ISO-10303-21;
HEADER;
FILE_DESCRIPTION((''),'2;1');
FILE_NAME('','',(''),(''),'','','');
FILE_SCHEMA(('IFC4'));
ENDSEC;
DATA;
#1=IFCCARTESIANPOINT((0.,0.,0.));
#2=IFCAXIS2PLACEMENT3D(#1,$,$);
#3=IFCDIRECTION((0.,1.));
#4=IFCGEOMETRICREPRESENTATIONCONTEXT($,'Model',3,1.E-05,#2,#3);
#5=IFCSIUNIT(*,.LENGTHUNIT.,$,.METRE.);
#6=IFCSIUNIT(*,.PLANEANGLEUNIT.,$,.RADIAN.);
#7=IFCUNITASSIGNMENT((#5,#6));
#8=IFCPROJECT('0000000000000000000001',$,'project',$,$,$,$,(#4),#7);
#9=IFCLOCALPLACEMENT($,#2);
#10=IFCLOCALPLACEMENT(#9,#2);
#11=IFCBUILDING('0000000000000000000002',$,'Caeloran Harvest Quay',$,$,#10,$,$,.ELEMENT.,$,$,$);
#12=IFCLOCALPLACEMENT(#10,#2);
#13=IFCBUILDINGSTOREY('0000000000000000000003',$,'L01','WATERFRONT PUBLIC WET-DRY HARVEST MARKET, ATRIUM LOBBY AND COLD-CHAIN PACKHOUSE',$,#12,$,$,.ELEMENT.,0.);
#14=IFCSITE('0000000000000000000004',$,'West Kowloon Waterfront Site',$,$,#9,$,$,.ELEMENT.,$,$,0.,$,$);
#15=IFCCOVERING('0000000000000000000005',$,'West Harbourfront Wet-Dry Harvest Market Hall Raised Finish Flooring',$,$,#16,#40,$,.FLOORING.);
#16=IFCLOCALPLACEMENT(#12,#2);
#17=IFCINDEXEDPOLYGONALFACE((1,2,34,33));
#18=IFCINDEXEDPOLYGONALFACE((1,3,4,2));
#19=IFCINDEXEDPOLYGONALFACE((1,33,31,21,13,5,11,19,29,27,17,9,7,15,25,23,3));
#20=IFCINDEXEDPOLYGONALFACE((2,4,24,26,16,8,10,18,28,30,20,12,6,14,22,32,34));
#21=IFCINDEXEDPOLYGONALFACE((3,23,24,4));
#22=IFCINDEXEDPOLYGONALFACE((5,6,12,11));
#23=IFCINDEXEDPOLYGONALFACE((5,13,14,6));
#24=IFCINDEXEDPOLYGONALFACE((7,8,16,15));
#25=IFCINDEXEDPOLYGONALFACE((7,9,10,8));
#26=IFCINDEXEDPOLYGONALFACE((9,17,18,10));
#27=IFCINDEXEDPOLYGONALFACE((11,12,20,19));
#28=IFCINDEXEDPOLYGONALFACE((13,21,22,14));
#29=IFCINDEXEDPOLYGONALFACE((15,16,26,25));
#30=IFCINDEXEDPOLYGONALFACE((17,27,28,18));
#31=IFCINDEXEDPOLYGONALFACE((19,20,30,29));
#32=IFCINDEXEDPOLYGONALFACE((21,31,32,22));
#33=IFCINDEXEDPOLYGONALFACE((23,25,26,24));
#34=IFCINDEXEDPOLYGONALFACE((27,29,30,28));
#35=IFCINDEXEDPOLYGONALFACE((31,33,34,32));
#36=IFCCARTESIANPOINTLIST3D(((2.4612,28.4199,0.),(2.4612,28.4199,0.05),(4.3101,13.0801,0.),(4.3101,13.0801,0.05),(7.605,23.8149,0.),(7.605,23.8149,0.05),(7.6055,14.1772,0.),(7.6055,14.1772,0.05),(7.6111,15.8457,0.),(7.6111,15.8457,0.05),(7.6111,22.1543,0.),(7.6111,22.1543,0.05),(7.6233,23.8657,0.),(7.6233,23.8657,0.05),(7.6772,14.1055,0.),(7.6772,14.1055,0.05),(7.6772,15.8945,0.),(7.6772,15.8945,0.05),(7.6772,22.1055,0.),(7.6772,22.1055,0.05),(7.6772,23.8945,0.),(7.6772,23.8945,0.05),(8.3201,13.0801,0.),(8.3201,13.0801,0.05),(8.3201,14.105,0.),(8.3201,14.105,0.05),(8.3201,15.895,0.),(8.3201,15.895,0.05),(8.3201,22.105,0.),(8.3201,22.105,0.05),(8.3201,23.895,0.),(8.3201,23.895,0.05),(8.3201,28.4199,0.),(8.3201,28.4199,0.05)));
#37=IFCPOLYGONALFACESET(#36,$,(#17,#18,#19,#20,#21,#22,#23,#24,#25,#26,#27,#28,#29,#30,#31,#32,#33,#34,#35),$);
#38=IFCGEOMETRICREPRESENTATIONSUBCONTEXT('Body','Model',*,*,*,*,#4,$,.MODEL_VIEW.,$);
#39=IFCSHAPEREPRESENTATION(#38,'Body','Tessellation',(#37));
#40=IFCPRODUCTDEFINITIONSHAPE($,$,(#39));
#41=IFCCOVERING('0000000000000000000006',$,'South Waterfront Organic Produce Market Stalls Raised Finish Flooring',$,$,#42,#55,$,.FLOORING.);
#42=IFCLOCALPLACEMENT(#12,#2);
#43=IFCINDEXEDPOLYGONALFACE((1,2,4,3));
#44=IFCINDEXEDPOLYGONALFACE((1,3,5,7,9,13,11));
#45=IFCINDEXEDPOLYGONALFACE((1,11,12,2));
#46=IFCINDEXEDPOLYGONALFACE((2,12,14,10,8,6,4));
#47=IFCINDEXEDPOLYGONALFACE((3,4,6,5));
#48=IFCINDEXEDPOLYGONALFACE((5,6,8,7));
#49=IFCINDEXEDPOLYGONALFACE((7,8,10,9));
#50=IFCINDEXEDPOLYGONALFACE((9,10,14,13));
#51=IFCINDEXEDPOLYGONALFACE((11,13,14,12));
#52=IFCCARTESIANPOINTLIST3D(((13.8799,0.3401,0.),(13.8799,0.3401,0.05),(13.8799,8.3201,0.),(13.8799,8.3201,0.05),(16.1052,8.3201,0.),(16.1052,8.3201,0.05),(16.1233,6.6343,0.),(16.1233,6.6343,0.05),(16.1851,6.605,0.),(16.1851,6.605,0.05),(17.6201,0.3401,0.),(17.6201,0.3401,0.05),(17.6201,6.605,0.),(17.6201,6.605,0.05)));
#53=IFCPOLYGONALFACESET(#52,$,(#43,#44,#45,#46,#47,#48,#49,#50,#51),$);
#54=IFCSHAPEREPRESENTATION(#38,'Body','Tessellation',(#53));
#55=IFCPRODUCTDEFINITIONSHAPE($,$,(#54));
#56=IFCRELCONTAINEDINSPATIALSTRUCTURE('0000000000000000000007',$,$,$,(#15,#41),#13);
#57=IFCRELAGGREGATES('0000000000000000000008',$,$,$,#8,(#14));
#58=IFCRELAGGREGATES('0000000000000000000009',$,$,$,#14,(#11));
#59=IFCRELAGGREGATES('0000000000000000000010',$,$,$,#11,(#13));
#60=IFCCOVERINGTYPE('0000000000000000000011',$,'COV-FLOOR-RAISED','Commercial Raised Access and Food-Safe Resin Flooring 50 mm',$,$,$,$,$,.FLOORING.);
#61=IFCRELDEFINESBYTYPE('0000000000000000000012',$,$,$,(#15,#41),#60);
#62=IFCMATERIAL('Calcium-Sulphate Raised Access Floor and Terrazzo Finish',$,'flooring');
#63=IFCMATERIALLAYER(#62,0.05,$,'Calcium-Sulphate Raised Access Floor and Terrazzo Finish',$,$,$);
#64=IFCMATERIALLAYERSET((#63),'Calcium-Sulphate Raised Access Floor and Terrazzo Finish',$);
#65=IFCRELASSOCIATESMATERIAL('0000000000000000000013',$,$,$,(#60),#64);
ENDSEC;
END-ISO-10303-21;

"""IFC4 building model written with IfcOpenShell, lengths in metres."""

from ifc_helpers import new_model, si_unit, direction, origin, place, context, subcontext, project, spatial, polyline, outline, extrude, material, layer, layer_set, type_object, element, save


model = new_model("IFC4")

# Units and contexts
model_context = context("Model", 3, precision=1e-05, world=origin(), true_north=direction((0.0, 1.0)))
body_context = subcontext(model_context, "Body", "Model", "MODEL_VIEW")
ifc_project = project(units=[si_unit("LENGTHUNIT", "METRE"), si_unit("PLANEANGLEUNIT", "RADIAN")], contexts=[model_context])

# Site, building, storey
site_placement = place(None, origin())
site = spatial("IfcSite", under=ifc_project, at=site_placement, Name="West Kowloon Waterfront Site", CompositionType="ELEMENT", RefElevation=0.0)
building_placement = place(site_placement, origin())
building = spatial("IfcBuilding", under=site, at=building_placement, Name="Caeloran Harvest Quay", CompositionType="ELEMENT")
storey_placement = place(building_placement, origin())
storey = spatial("IfcBuildingStorey", under=building, at=storey_placement, Name="L01", Description="WATERFRONT PUBLIC WET-DRY HARVEST MARKET, ATRIUM LOBBY AND COLD-CHAIN PACKHOUSE", CompositionType="ELEMENT", Elevation=0.0)

# Coverings
ifc_material_1 = material(Name="Calcium-Sulphate Raised Access Floor and Terrazzo Finish", Category="flooring")
ifc_layer_1 = layer(ifc_material_1, 0.05, Name="Calcium-Sulphate Raised Access Floor and Terrazzo Finish")
ifc_layer_set_1 = layer_set([ifc_layer_1], Name="Calcium-Sulphate Raised Access Floor and Terrazzo Finish")
covering_type_1 = type_object("IfcCoveringType", Name="COV-FLOOR-RAISED", Description="Commercial Raised Access and Food-Safe Resin Flooring 50 mm", PredefinedType="FLOORING", material=ifc_layer_set_1)
covering_1_placement = place(storey_placement, origin())
element("IfcCovering", 1, at=covering_1_placement, inside=storey, type_object=covering_type_1, Name="West Harbourfront Wet-Dry Harvest Market Hall Raised Finish Flooring", PredefinedType="FLOORING", context=body_context, shape_type="SweptSolid", body=[
    extrude(outline(polyline([(4.3101, 13.0801), (2.4612, 28.4199), (8.3201, 28.4199), (8.3201, 23.895), (7.6772, 23.8945), (7.6233, 23.8657), (7.605, 23.8149), (7.6111, 22.1543), (7.6772, 22.1055), (8.3201, 22.105), (8.3201, 15.895), (7.6772, 15.8945), (7.6111, 15.8457), (7.6055, 14.1772), (7.6772, 14.1055), (8.3201, 14.105), (8.3201, 13.0801), (4.3101, 13.0801)])), origin(), (0.0, 0.0, 1.0), 0.05),
])
covering_2_placement = place(storey_placement, origin())
element("IfcCovering", 2, at=covering_2_placement, inside=storey, type_object=covering_type_1, Name="South Waterfront Organic Produce Market Stalls Raised Finish Flooring", PredefinedType="FLOORING", context=body_context, shape_type="SweptSolid", body=[
    extrude(outline(polyline([(16.1052, 8.3201), (16.1233, 6.6343), (16.1851, 6.605), (17.6201, 6.605), (17.6201, 0.3401), (13.8799, 0.3401), (13.8799, 8.3201), (16.1052, 8.3201)])), origin(), (0.0, 0.0, 1.0), 0.05),
])

save(model, "model.ifc")
